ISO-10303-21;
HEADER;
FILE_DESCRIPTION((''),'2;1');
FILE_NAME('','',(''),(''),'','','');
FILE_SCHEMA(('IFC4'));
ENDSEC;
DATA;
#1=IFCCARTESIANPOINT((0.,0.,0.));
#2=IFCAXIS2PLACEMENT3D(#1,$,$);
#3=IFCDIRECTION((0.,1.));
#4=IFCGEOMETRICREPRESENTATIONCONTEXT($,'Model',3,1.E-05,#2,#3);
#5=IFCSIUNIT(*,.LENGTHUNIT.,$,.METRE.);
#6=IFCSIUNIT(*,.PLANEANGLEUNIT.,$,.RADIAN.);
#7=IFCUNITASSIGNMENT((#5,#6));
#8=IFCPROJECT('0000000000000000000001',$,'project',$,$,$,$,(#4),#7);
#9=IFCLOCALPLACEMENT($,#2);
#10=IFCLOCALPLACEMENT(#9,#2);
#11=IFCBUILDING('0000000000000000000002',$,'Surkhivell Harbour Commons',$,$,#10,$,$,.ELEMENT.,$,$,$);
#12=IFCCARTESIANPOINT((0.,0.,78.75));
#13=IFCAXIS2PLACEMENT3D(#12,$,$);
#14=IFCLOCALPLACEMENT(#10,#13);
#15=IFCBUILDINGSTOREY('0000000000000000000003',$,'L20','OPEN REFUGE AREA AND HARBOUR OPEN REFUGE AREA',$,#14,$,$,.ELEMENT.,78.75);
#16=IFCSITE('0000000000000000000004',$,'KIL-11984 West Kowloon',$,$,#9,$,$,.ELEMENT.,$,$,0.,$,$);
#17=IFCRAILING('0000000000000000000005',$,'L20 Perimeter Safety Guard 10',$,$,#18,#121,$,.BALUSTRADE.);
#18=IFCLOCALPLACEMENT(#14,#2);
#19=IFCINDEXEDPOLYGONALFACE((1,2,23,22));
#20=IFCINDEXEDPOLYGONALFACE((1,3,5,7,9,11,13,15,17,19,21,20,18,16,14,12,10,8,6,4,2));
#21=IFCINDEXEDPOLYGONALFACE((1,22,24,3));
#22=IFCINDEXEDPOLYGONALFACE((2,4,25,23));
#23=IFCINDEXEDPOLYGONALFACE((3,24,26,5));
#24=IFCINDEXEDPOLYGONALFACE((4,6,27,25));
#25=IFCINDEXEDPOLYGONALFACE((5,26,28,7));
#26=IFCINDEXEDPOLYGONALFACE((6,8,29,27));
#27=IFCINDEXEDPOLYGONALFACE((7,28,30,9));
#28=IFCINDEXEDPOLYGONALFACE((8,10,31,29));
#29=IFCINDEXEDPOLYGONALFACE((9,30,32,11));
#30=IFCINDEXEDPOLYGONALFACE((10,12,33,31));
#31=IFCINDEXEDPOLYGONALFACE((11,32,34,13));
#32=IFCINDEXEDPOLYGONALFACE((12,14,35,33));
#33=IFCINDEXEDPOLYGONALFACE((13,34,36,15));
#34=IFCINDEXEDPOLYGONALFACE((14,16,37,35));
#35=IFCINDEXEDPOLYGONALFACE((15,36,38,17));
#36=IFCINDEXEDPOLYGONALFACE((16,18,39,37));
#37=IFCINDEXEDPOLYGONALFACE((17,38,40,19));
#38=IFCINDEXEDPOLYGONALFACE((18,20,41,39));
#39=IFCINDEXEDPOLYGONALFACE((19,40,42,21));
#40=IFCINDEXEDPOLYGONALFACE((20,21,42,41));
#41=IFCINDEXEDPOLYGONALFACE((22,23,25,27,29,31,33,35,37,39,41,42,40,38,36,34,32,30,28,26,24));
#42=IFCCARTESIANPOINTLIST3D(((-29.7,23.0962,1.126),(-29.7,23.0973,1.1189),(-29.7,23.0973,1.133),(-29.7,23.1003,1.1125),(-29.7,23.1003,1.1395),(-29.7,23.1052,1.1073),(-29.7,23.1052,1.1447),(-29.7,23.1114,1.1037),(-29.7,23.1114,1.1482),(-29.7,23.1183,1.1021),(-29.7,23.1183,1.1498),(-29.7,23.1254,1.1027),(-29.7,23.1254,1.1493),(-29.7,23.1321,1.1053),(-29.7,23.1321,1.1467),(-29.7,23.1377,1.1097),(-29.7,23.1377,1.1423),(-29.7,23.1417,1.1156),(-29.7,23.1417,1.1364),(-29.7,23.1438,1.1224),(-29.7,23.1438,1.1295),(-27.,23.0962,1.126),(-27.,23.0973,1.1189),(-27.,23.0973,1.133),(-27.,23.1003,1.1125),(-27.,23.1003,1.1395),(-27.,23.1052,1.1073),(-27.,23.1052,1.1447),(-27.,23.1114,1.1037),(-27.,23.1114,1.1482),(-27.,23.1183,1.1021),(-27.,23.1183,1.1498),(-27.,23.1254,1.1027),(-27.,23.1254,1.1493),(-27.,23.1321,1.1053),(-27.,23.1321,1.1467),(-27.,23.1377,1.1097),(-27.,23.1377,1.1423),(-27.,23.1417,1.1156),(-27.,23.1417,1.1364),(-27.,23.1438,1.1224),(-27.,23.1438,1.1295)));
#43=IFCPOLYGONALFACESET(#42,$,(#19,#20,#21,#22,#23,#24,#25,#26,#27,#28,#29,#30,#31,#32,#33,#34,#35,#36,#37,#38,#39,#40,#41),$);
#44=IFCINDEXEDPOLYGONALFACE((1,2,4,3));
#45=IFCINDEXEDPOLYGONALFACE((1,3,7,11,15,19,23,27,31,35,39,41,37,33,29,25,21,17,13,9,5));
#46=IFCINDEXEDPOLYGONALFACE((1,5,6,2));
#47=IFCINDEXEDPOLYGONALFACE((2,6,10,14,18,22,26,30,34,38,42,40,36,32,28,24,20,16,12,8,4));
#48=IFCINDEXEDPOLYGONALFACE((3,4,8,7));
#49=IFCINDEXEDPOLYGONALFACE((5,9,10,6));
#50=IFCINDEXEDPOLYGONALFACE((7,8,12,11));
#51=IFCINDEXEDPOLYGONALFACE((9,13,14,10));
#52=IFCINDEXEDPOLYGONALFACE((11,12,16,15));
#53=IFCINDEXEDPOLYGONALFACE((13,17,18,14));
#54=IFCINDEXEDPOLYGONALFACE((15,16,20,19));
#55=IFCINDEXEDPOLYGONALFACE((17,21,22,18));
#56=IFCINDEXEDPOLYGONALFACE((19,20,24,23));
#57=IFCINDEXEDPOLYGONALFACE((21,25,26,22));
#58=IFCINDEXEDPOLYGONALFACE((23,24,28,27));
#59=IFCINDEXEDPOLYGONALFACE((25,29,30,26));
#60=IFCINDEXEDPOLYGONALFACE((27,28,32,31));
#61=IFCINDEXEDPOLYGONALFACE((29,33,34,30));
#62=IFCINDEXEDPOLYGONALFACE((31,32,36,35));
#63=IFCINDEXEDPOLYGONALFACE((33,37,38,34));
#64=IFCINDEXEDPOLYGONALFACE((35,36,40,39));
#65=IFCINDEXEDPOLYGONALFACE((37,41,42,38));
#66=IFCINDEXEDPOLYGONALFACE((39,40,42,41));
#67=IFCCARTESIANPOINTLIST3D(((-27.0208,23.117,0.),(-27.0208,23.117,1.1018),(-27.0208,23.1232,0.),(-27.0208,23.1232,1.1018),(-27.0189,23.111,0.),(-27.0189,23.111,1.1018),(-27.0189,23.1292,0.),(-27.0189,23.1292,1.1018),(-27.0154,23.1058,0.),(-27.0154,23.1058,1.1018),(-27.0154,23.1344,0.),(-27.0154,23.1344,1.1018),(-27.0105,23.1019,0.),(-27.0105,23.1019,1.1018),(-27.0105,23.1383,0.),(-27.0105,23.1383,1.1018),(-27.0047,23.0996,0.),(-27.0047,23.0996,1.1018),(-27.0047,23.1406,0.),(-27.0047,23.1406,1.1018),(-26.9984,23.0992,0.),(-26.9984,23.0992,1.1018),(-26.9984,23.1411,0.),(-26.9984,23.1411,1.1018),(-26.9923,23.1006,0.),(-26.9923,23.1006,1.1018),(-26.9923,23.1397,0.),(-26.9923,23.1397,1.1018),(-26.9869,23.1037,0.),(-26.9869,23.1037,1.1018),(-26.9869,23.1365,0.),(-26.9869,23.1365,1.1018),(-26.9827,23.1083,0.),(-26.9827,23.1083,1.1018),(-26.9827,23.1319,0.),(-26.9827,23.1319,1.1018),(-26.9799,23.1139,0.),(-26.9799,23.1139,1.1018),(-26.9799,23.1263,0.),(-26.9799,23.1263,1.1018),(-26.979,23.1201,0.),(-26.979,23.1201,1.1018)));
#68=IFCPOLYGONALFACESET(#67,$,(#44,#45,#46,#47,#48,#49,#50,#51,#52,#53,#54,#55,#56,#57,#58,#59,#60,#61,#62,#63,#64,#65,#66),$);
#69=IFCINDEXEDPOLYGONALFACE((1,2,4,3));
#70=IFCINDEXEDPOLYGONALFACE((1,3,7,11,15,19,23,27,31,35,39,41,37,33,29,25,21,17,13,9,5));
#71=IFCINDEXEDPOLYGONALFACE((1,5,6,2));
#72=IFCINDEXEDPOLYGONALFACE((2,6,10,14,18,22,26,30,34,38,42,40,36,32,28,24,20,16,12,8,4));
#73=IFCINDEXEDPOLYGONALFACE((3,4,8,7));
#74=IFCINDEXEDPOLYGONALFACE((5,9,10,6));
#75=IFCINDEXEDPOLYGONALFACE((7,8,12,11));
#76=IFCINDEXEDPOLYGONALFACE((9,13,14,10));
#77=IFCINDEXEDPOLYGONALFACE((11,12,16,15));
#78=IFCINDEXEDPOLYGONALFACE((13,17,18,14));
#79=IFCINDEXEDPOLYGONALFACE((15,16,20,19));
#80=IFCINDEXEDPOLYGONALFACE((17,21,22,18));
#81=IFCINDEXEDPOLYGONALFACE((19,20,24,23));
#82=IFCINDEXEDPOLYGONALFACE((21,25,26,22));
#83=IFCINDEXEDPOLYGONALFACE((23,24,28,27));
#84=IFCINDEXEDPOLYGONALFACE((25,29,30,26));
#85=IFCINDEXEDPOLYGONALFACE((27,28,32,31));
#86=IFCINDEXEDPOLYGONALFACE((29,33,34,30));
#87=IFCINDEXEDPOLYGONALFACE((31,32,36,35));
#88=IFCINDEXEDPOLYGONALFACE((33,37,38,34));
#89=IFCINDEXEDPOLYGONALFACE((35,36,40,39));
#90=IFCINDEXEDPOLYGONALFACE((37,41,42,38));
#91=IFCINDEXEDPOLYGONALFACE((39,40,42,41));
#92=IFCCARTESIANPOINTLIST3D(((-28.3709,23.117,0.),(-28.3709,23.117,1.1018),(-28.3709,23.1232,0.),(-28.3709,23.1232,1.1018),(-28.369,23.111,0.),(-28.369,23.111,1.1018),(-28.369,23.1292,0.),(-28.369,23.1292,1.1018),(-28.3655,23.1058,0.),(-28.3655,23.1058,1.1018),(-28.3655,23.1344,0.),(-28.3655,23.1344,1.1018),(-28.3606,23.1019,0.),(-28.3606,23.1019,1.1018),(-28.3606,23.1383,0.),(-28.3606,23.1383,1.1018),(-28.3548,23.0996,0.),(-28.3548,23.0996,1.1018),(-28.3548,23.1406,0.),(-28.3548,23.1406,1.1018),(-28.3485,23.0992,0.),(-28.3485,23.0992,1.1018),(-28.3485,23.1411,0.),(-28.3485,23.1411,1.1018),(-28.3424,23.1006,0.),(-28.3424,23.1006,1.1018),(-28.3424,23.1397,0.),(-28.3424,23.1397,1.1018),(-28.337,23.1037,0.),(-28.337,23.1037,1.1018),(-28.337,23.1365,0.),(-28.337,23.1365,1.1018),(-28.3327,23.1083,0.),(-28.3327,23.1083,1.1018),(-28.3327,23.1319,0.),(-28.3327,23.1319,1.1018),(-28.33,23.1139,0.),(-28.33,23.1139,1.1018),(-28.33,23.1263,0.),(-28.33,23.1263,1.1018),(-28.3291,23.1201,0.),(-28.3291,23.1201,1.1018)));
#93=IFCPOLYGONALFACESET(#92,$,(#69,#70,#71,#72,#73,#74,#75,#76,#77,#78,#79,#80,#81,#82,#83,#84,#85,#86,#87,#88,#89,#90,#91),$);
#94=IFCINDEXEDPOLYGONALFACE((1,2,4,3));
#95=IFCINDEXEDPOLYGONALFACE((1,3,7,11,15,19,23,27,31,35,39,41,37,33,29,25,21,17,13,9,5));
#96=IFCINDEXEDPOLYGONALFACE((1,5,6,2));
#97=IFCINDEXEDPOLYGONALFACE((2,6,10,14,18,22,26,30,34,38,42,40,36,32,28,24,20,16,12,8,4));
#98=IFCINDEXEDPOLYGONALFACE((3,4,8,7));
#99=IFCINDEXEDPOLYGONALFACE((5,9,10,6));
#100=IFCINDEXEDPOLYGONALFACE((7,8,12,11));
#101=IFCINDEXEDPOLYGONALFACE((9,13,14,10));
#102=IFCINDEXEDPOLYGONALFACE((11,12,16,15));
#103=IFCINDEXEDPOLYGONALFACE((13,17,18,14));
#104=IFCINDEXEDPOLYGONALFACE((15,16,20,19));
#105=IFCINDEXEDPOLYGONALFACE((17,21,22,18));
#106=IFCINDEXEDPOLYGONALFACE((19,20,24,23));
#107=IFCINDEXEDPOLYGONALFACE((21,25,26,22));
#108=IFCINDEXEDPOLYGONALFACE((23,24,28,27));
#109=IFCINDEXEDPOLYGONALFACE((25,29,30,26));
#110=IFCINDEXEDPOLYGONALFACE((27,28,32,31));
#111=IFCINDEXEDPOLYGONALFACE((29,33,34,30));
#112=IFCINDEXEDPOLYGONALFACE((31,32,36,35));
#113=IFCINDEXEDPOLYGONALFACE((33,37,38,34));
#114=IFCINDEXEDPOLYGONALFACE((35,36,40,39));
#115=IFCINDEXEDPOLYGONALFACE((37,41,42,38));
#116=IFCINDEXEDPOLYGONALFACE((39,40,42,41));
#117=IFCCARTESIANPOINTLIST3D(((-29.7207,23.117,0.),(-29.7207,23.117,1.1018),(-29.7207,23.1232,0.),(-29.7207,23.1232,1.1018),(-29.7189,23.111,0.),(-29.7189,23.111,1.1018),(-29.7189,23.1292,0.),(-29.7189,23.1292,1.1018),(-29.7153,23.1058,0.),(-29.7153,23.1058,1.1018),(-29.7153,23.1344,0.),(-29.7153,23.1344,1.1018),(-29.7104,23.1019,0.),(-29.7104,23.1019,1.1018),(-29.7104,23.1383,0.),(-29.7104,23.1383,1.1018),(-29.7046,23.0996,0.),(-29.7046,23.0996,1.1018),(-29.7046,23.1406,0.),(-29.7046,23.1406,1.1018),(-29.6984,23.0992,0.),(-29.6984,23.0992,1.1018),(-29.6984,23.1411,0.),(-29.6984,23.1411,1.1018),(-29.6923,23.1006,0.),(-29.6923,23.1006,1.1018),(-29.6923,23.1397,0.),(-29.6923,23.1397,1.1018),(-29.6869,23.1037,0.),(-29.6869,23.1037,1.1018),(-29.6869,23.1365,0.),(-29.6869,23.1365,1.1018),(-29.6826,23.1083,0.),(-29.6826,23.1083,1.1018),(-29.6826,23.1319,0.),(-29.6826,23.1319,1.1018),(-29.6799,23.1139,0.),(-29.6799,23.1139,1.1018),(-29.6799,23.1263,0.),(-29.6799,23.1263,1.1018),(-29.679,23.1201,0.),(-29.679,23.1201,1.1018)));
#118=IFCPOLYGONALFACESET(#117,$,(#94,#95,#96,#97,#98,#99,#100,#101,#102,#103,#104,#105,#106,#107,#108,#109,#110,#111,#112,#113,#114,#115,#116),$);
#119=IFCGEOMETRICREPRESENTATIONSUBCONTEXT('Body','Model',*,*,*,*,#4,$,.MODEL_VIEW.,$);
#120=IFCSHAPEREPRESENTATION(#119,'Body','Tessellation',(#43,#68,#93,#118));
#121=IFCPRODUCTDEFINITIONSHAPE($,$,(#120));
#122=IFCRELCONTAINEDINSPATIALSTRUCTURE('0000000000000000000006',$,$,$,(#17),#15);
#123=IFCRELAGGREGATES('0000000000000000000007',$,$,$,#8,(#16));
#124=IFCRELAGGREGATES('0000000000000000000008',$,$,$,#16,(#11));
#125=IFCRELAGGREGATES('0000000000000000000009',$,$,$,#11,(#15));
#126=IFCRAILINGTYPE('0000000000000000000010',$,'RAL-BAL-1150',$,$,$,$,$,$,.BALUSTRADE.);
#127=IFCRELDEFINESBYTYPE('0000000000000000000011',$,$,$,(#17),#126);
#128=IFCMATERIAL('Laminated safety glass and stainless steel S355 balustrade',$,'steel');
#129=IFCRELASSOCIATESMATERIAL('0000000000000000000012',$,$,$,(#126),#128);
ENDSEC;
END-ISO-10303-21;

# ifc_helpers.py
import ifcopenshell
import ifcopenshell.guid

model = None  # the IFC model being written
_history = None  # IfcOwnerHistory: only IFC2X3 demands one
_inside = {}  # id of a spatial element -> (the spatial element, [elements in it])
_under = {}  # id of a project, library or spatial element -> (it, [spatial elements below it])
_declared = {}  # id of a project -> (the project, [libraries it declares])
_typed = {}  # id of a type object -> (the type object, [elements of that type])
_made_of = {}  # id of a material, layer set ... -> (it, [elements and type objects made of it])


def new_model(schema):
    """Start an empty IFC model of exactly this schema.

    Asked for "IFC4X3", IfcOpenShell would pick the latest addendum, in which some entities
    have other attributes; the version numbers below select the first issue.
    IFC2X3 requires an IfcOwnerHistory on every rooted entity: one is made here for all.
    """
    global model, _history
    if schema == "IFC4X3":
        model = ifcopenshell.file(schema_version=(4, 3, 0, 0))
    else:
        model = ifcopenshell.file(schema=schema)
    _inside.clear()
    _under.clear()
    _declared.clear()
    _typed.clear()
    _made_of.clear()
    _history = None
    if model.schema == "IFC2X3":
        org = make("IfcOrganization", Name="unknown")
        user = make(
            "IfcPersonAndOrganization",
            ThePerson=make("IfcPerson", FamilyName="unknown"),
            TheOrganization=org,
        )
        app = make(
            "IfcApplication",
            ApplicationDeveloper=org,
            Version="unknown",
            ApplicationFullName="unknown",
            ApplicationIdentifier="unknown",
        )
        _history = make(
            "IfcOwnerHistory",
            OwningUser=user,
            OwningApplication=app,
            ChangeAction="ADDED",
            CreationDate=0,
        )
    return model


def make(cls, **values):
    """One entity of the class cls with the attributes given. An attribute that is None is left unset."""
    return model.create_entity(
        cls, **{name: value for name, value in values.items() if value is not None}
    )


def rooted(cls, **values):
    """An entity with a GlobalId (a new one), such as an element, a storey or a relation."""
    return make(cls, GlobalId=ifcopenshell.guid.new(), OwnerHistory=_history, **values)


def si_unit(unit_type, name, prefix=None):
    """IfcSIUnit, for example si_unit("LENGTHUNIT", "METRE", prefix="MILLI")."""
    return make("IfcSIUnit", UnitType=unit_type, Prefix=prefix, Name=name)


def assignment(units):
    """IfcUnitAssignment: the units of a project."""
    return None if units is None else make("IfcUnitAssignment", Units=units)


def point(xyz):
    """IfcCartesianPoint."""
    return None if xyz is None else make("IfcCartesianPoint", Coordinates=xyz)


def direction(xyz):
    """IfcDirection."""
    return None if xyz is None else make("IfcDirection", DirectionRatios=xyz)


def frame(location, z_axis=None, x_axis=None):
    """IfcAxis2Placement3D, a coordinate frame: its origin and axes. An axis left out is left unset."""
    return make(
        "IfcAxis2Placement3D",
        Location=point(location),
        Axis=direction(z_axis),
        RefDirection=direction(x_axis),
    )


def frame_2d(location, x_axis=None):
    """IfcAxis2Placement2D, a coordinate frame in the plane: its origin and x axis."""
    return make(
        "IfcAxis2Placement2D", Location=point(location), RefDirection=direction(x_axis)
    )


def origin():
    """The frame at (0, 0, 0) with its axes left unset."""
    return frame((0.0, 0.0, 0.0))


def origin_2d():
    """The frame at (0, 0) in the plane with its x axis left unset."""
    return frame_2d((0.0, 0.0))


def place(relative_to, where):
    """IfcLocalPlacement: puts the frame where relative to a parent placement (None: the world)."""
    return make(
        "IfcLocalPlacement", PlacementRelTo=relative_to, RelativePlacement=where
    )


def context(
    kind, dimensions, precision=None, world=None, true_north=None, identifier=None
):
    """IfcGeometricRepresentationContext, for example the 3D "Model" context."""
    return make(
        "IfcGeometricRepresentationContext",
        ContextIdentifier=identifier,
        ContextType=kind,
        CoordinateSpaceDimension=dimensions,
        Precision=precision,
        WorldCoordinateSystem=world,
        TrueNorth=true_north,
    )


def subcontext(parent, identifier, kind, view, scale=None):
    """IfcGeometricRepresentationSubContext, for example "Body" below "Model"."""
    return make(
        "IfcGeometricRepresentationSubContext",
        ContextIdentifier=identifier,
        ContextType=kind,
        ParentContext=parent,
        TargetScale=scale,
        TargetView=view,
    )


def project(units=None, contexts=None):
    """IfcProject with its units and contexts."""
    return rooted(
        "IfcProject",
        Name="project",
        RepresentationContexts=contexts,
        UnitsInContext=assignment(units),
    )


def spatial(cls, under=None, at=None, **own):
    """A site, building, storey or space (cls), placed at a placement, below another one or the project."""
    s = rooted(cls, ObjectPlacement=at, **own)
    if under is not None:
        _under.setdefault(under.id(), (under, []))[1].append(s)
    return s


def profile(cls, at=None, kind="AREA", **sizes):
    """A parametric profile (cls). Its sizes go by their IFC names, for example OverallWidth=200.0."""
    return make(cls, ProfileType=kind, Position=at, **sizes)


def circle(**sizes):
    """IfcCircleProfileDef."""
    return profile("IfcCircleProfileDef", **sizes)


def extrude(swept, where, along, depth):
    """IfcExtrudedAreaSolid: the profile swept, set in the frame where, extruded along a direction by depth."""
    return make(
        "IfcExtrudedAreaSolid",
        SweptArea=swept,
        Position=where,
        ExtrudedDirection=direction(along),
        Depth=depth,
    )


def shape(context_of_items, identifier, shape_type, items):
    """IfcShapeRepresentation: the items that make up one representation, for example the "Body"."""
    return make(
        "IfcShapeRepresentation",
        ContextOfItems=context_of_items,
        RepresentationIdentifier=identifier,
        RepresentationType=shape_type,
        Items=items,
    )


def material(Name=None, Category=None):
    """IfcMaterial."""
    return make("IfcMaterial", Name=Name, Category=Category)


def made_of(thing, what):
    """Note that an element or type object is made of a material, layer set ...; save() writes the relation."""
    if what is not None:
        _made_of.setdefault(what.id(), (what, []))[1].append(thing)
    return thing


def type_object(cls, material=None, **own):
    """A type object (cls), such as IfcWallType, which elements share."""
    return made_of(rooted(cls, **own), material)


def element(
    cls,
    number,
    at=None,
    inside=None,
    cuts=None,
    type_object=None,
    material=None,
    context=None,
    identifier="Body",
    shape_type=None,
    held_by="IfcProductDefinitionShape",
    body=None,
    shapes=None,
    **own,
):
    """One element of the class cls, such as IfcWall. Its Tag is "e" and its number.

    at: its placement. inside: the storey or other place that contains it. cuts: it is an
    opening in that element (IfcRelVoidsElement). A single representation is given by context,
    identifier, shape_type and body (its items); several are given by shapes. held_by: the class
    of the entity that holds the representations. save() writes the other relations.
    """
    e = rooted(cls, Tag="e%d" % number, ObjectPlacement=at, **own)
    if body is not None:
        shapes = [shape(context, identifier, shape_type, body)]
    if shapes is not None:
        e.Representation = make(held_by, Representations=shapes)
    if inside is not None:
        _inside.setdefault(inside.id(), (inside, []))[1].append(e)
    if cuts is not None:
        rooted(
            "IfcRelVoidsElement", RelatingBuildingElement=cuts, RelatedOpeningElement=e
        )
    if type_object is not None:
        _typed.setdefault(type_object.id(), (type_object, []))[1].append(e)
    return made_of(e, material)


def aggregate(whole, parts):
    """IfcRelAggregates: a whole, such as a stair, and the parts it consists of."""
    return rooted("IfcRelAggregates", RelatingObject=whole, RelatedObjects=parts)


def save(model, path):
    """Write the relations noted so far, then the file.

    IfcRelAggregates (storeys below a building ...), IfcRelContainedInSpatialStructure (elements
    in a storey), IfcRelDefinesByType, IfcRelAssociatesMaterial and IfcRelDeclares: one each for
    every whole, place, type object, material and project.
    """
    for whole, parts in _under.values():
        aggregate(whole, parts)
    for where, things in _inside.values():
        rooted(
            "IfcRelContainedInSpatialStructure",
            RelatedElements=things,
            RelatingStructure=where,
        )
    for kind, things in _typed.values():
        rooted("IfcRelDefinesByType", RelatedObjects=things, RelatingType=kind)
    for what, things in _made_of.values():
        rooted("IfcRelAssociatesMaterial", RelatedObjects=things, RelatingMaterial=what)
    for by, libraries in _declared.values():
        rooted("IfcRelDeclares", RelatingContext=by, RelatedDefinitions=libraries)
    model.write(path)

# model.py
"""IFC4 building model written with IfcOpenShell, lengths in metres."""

from ifc_helpers import new_model, si_unit, direction, frame, origin, origin_2d, place, context, subcontext, project, spatial, circle, extrude, material, type_object, element, save


model = new_model("IFC4")

# Units and contexts
model_context = context("Model", 3, precision=1e-05, world=origin(), true_north=direction((0.0, 1.0)))
body_context = subcontext(model_context, "Body", "Model", "MODEL_VIEW")
ifc_project = project(units=[si_unit("LENGTHUNIT", "METRE"), si_unit("PLANEANGLEUNIT", "RADIAN")], contexts=[model_context])

# Site, building, storey
site_placement = place(None, origin())
site = spatial("IfcSite", under=ifc_project, at=site_placement, Name="KIL-11984 West Kowloon", CompositionType="ELEMENT", RefElevation=0.0)
building_placement = place(site_placement, origin())
building = spatial("IfcBuilding", under=site, at=building_placement, Name="Surkhivell Harbour Commons", CompositionType="ELEMENT")
storey_placement = place(building_placement, frame((0.0, 0.0, 78.75)))
storey = spatial("IfcBuildingStorey", under=building, at=storey_placement, Name="L20", Description="OPEN REFUGE AREA AND HARBOUR OPEN REFUGE AREA", CompositionType="ELEMENT", Elevation=78.75)

# Railing
ifc_material_1 = material(Name="Laminated safety glass and stainless steel S355 balustrade", Category="steel")
railing_type = type_object("IfcRailingType", Name="RAL-BAL-1150", PredefinedType="BALUSTRADE", material=ifc_material_1)
railing_1_placement = place(storey_placement, frame((-27.0, 23.1201, 0.0)))
element("IfcRailing", 1, at=railing_1_placement, inside=storey, type_object=railing_type, Name="L20 Perimeter Safety Guard 10", PredefinedType="BALUSTRADE", context=body_context, shape_type="SweptSolid", body=[
    extrude(circle(Radius=0.0239, at=origin_2d()), frame((0.0, 0.0, 1.126), z_axis=(-1.0, 0.0, 0.0), x_axis=(0.0, -1.0, 0.0)), (0.0, 0.0, 1.0), 2.7),
    extrude(circle(Radius=0.021, at=origin_2d()), origin(), (0.0, 0.0, 1.0), 1.1018),
    extrude(circle(Radius=0.021, at=origin_2d()), frame((-1.3501, 0.0, 0.0)), (0.0, 0.0, 1.0), 1.1018),
    extrude(circle(Radius=0.021, at=origin_2d()), frame((-2.7, 0.0, 0.0)), (0.0, 0.0, 1.0), 1.1018),
])

save(model, "model.ifc")
